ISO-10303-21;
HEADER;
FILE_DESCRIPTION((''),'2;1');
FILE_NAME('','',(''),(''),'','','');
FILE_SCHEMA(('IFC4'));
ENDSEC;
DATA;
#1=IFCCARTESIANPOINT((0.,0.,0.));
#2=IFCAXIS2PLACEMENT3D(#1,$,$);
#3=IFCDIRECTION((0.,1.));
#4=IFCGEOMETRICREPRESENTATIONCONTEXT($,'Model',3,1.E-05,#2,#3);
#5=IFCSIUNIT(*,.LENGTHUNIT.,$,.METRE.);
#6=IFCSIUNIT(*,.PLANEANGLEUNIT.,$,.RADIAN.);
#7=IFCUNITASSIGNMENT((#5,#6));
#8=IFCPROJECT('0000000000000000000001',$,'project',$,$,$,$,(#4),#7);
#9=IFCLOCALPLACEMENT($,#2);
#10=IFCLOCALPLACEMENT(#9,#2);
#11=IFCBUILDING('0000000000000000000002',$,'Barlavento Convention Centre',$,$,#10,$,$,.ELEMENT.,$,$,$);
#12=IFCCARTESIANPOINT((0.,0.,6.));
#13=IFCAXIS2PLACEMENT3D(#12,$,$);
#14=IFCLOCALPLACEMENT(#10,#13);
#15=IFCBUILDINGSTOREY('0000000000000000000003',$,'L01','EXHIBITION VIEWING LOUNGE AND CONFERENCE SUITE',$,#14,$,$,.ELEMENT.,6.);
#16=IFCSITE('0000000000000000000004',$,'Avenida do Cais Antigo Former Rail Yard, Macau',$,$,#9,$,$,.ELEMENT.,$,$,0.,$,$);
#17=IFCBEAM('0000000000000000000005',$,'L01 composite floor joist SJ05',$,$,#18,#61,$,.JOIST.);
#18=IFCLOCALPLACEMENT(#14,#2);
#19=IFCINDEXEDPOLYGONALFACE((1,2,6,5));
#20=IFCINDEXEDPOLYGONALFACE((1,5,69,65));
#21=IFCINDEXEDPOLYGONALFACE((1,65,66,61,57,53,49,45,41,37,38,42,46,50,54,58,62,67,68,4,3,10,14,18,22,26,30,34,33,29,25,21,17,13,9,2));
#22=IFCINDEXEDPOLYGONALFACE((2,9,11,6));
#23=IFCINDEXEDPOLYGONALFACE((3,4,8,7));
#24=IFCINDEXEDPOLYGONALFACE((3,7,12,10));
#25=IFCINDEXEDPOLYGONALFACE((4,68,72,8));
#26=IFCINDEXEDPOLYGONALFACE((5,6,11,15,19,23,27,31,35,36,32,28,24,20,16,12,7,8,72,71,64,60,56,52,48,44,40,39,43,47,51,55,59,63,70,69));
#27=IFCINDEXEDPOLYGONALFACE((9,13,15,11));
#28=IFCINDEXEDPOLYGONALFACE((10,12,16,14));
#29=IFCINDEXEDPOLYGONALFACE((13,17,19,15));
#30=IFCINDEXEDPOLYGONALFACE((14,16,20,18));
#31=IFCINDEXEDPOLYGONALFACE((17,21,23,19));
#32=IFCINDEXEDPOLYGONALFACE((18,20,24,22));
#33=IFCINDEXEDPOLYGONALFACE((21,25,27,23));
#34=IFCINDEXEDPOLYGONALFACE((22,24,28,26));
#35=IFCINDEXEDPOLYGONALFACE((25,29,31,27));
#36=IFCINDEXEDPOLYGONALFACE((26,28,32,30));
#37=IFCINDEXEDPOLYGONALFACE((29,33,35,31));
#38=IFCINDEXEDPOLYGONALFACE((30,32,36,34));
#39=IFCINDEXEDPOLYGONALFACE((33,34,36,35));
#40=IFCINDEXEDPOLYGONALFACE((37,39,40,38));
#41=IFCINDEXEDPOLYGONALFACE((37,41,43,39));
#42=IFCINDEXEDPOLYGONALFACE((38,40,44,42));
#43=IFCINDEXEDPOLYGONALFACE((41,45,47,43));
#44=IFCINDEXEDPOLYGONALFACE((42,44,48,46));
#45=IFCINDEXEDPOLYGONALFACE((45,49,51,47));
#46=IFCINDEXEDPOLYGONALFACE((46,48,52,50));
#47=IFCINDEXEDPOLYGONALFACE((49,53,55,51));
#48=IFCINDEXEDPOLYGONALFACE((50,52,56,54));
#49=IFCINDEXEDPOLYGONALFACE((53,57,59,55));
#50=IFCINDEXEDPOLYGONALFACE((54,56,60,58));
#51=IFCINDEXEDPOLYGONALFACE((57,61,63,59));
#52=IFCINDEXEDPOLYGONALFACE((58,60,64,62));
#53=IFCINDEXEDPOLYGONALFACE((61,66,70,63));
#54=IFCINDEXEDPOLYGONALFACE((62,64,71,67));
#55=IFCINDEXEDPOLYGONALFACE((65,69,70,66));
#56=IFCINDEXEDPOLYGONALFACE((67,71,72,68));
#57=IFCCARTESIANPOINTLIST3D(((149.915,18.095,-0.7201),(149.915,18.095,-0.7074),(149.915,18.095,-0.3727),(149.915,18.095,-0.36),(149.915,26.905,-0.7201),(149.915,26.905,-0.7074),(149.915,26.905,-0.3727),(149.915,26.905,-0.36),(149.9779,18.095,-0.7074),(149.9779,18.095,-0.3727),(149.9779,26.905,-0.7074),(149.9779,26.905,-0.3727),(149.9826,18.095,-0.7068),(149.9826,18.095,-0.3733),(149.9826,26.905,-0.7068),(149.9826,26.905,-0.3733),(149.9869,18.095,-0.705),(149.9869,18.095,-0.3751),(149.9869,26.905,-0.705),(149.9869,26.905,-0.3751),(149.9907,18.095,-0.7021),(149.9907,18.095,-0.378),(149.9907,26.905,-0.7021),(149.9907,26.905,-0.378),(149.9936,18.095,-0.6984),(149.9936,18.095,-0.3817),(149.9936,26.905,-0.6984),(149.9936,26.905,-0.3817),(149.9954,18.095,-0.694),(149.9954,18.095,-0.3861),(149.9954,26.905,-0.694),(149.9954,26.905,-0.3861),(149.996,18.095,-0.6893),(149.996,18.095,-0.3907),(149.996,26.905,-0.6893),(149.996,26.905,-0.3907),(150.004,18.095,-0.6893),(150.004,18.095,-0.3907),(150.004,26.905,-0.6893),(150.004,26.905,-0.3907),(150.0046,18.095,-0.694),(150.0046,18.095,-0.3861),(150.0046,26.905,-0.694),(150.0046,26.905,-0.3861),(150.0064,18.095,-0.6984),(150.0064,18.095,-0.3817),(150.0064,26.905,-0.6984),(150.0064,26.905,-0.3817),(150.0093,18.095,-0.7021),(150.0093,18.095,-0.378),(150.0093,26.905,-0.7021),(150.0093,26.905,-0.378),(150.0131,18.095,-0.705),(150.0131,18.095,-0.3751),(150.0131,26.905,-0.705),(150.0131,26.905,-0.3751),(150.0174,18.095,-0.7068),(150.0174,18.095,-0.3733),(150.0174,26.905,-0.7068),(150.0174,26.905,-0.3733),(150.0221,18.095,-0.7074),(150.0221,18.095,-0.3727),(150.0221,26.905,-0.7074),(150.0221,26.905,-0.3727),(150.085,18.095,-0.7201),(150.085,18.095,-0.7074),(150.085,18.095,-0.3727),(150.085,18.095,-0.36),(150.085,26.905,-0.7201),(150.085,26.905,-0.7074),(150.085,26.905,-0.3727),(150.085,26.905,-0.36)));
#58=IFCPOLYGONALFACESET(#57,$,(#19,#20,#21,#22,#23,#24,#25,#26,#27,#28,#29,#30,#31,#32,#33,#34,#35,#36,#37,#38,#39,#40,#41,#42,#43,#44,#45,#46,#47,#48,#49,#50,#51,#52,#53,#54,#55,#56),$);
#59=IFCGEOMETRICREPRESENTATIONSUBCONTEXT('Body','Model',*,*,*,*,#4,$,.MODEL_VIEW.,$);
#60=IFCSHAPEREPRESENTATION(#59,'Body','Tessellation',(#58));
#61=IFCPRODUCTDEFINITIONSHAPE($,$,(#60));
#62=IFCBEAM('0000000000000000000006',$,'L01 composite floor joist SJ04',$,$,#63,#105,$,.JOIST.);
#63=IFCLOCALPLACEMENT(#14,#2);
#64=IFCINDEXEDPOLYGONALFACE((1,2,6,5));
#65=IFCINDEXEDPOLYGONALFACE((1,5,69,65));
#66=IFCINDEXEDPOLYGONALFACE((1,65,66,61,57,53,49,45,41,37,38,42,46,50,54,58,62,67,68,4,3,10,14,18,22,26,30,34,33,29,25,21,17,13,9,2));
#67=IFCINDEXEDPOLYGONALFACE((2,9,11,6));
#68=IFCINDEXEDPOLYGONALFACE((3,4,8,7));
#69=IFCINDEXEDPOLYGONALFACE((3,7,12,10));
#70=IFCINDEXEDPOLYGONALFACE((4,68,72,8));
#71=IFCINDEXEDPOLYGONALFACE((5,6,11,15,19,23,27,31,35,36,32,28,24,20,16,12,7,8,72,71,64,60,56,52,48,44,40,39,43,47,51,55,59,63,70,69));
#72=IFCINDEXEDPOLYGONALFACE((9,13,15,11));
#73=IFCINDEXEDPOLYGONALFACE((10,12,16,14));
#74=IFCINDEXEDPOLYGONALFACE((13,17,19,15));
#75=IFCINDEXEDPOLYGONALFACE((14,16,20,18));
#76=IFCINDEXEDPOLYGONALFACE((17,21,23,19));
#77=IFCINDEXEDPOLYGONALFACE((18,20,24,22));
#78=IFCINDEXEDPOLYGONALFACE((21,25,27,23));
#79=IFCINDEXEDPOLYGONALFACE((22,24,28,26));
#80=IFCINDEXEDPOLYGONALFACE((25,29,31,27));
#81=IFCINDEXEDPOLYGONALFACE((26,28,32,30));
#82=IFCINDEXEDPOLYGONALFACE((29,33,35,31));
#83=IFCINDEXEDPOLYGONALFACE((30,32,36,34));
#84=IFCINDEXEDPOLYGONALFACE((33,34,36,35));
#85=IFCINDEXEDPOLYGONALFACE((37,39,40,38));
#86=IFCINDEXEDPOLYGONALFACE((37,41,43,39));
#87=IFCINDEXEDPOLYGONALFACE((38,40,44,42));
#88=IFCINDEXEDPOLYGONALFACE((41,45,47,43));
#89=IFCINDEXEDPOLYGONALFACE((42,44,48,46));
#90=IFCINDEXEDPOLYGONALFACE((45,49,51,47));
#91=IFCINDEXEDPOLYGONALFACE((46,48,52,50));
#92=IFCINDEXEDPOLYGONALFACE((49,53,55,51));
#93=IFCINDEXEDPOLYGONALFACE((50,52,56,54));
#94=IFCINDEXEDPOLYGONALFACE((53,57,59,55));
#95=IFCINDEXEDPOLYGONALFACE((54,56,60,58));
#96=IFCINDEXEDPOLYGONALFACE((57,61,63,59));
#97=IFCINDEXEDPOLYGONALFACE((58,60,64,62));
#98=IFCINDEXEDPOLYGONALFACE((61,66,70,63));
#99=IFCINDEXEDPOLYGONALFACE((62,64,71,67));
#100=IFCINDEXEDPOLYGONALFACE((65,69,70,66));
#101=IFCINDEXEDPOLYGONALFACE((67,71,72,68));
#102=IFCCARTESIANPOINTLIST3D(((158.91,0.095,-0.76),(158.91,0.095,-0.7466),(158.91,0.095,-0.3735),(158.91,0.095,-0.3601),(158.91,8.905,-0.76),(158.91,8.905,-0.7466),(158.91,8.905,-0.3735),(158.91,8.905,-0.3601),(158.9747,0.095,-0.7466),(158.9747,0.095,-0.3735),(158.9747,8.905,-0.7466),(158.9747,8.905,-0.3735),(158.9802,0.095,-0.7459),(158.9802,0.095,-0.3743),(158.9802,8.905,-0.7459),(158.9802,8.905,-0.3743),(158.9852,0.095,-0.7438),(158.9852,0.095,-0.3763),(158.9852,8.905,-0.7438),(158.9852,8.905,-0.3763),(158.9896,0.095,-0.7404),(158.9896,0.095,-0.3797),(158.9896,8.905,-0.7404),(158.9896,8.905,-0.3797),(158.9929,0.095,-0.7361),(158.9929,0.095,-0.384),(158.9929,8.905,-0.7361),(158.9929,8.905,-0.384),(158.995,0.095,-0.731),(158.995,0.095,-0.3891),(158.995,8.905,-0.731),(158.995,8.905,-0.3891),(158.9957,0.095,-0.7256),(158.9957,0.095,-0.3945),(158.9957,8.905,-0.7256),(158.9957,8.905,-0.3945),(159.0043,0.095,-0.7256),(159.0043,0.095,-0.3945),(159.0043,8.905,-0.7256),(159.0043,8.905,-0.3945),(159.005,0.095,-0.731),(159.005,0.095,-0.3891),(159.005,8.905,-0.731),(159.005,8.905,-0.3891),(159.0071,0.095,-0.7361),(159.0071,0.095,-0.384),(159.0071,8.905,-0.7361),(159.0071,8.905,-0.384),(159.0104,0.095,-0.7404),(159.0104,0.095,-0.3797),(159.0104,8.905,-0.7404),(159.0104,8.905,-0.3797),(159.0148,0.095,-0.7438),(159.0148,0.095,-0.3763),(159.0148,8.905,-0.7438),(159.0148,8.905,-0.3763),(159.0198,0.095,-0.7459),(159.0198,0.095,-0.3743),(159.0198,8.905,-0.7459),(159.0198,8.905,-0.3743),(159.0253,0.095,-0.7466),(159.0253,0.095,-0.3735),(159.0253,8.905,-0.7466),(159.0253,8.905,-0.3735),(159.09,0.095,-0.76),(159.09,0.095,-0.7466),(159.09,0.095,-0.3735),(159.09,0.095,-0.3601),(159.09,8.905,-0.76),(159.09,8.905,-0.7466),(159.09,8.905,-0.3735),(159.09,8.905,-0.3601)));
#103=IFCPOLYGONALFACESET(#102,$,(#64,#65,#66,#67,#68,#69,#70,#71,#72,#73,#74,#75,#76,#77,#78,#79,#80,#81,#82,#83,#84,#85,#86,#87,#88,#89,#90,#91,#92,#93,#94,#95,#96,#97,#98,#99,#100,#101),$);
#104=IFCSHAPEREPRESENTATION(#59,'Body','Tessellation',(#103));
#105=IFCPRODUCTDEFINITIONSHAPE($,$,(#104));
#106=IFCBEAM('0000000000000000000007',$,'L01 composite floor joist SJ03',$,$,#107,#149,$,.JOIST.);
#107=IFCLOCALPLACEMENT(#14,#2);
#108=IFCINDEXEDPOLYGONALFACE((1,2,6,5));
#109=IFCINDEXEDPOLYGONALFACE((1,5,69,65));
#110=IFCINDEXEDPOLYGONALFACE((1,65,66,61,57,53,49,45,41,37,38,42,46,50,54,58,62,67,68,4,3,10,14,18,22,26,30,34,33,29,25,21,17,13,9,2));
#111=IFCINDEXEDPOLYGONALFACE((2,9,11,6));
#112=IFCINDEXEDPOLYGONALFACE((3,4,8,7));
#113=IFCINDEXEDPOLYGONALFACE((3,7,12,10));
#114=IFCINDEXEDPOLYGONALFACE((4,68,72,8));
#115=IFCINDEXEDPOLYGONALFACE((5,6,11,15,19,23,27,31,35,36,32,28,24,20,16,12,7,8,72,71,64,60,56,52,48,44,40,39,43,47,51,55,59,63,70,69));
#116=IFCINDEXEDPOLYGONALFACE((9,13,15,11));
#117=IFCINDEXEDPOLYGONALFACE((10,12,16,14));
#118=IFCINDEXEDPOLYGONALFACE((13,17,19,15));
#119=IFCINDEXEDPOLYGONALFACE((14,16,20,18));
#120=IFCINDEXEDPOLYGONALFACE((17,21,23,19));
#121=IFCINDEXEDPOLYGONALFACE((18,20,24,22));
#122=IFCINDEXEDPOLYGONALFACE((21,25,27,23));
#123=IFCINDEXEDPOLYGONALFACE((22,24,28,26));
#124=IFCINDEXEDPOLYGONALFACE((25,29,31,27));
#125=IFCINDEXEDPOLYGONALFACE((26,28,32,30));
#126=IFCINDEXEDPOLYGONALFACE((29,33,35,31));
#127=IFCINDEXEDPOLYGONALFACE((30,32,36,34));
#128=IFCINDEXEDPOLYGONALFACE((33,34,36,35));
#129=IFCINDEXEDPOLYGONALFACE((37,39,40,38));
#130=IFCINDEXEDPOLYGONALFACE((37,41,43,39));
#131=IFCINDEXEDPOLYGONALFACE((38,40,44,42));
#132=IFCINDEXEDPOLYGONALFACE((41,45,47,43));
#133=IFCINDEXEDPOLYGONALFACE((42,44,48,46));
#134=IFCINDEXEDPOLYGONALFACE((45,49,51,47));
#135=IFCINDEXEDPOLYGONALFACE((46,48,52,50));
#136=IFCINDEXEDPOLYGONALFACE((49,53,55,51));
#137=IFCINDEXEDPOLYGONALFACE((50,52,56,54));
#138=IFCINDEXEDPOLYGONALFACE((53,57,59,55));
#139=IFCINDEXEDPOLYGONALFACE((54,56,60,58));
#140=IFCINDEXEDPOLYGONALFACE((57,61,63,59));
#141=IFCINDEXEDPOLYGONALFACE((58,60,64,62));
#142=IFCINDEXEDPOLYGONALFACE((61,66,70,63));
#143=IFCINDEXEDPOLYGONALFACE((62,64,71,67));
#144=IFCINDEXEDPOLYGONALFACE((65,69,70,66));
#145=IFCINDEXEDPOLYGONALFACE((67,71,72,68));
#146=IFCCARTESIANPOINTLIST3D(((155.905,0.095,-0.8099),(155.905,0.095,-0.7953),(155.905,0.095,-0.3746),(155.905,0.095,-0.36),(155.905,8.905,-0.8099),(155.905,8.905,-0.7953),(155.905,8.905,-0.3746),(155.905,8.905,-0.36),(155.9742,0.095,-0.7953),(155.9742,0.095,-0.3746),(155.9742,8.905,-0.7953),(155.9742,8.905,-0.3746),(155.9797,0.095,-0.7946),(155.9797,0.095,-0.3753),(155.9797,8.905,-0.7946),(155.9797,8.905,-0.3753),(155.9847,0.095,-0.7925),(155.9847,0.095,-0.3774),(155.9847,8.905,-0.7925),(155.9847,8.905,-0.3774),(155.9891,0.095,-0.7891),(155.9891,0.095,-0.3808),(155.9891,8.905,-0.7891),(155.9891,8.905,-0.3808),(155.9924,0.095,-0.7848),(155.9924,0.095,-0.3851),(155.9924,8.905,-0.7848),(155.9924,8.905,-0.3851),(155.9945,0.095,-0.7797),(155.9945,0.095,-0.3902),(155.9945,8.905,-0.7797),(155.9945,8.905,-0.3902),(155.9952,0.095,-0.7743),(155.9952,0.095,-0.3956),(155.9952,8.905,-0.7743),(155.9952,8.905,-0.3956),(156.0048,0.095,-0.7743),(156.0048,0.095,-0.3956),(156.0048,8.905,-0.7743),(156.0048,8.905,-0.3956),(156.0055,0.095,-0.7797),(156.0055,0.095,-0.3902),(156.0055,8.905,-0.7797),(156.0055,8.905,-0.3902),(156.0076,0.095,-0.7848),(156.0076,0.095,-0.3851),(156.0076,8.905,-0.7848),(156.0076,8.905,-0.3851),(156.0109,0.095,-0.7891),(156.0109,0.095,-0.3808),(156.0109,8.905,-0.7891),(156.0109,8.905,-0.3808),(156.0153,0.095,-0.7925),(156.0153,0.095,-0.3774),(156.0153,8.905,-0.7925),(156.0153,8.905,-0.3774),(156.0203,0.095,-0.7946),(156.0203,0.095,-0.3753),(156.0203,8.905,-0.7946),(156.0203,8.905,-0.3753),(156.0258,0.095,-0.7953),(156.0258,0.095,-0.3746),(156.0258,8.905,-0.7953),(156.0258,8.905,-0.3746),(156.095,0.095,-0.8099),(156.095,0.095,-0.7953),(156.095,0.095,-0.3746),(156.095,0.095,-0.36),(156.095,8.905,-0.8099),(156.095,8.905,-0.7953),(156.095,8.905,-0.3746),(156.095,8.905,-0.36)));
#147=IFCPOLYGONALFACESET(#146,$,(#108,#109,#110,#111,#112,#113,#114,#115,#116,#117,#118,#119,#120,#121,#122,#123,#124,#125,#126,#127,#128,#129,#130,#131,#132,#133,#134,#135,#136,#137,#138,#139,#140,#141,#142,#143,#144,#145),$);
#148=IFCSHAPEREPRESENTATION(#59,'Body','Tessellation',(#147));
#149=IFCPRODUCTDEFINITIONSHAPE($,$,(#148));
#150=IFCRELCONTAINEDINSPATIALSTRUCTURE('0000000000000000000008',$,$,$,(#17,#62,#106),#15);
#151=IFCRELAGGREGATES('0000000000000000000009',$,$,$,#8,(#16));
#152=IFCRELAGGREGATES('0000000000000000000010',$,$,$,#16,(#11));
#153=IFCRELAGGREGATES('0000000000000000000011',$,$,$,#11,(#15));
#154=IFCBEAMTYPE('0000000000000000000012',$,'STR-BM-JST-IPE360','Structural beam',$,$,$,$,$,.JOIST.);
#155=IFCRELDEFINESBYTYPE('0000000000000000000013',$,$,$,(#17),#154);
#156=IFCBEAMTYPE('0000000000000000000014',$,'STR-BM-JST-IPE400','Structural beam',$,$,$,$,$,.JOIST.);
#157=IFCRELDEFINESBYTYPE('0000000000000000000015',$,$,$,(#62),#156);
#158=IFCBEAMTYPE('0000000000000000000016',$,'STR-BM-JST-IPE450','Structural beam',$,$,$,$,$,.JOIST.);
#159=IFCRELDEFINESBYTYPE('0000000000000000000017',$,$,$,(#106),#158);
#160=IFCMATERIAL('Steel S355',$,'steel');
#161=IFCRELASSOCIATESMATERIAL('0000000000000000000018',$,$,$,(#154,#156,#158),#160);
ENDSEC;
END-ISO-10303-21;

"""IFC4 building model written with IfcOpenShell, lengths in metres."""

from ifc_helpers import new_model, si_unit, direction, frame, origin, origin_2d, place, context, subcontext, project, spatial, i_section, extrude, material, material_profile, profile_set, type_object, element, save


model = new_model("IFC4")

# Units and contexts
model_context = context("Model", 3, precision=1e-05, world=origin(), true_north=direction((0.0, 1.0)))
body_context = subcontext(model_context, "Body", "Model", "MODEL_VIEW")
ifc_project = project(units=[si_unit("LENGTHUNIT", "METRE"), si_unit("PLANEANGLEUNIT", "RADIAN")], contexts=[model_context])

# Site, building, storey
site_placement = place(None, origin())
site = spatial("IfcSite", under=ifc_project, at=site_placement, Name="Avenida do Cais Antigo Former Rail Yard, Macau", CompositionType="ELEMENT", RefElevation=0.0)
building_placement = place(site_placement, origin())
building = spatial("IfcBuilding", under=site, at=building_placement, Name="Barlavento Convention Centre", CompositionType="ELEMENT")
storey_placement = place(building_placement, frame((0.0, 0.0, 6.0)))
storey = spatial("IfcBuildingStorey", under=building, at=storey_placement, Name="L01", Description="EXHIBITION VIEWING LOUNGE AND CONFERENCE SUITE", CompositionType="ELEMENT", Elevation=6.0)

# Shared definitions
ifc_material_1 = material(Name="Steel S355", Category="steel")

# Beams
ifc_material_profile_1 = material_profile(ifc_material_1, i_section(OverallWidth=0.1699, OverallDepth=0.3601, WebThickness=0.0081, FlangeThickness=0.0127, FilletRadius=0.0181, at=origin_2d()), Name="IPE 360")
ifc_profile_set_1 = profile_set([ifc_material_profile_1], Name="Steel S355")
beam_type_1 = type_object("IfcBeamType", Name="STR-BM-JST-IPE360", Description="Structural beam", PredefinedType="JOIST", material=ifc_profile_set_1)
for number, where, z_axis, x_axis, name in (
    (1, (150.0, 18.095, -0.54), (0.0, 1.0, 0.0), (-1.0, 0.0, 0.0), "L01 composite floor joist SJ05"),
):
    element("IfcBeam", number, at=place(storey_placement, frame(where, z_axis=z_axis, x_axis=x_axis)), inside=storey, type_object=beam_type_1, Name=name, PredefinedType="JOIST", context=body_context, shape_type="SweptSolid", body=[
        extrude(i_section(OverallWidth=0.1699, OverallDepth=0.3601, WebThickness=0.0081, FlangeThickness=0.0127, FilletRadius=0.0181, at=origin_2d()), origin(), (0.0, 0.0, 1.0), 8.8101),
    ])
ifc_material_profile_2 = material_profile(ifc_material_1, i_section(OverallWidth=0.1799, OverallDepth=0.3999, WebThickness=0.0085, FlangeThickness=0.0134, FilletRadius=0.021, at=origin_2d()), Name="IPE 400")
ifc_profile_set_2 = profile_set([ifc_material_profile_2], Name="Steel S355")
beam_type_2 = type_object("IfcBeamType", Name="STR-BM-JST-IPE400", Description="Structural beam", PredefinedType="JOIST", material=ifc_profile_set_2)
beam_1_placement = place(storey_placement, frame((159.0, 0.095, -0.5601), z_axis=(0.0, 1.0, 0.0), x_axis=(-1.0, 0.0, 0.0)))
element("IfcBeam", 2, at=beam_1_placement, inside=storey, type_object=beam_type_2, Name="L01 composite floor joist SJ04", PredefinedType="JOIST", context=body_context, shape_type="SweptSolid", body=[
    extrude(i_section(OverallWidth=0.1799, OverallDepth=0.3999, WebThickness=0.0085, FlangeThickness=0.0134, FilletRadius=0.021, at=origin_2d()), origin(), (0.0, 0.0, 1.0), 8.8101),
])
ifc_material_profile_3 = material_profile(ifc_material_1, i_section(OverallWidth=0.1899, OverallDepth=0.45, WebThickness=0.0095, FlangeThickness=0.0146, FilletRadius=0.021, at=origin_2d()), Name="IPE 450")
ifc_profile_set_3 = profile_set([ifc_material_profile_3], Name="Steel S355")
beam_type_3 = type_object("IfcBeamType", Name="STR-BM-JST-IPE450", Description="Structural beam", PredefinedType="JOIST", material=ifc_profile_set_3)
beam_2_placement = place(storey_placement, frame((156.0, 0.095, -0.585), z_axis=(0.0, 1.0, 0.0), x_axis=(-1.0, 0.0, 0.0)))
element("IfcBeam", 3, at=beam_2_placement, inside=storey, type_object=beam_type_3, Name="L01 composite floor joist SJ03", PredefinedType="JOIST", context=body_context, shape_type="SweptSolid", body=[
    extrude(i_section(OverallWidth=0.1899, OverallDepth=0.45, WebThickness=0.0095, FlangeThickness=0.0146, FilletRadius=0.021, at=origin_2d()), origin(), (0.0, 0.0, 1.0), 8.8101),
])

save(model, "model.ifc")
